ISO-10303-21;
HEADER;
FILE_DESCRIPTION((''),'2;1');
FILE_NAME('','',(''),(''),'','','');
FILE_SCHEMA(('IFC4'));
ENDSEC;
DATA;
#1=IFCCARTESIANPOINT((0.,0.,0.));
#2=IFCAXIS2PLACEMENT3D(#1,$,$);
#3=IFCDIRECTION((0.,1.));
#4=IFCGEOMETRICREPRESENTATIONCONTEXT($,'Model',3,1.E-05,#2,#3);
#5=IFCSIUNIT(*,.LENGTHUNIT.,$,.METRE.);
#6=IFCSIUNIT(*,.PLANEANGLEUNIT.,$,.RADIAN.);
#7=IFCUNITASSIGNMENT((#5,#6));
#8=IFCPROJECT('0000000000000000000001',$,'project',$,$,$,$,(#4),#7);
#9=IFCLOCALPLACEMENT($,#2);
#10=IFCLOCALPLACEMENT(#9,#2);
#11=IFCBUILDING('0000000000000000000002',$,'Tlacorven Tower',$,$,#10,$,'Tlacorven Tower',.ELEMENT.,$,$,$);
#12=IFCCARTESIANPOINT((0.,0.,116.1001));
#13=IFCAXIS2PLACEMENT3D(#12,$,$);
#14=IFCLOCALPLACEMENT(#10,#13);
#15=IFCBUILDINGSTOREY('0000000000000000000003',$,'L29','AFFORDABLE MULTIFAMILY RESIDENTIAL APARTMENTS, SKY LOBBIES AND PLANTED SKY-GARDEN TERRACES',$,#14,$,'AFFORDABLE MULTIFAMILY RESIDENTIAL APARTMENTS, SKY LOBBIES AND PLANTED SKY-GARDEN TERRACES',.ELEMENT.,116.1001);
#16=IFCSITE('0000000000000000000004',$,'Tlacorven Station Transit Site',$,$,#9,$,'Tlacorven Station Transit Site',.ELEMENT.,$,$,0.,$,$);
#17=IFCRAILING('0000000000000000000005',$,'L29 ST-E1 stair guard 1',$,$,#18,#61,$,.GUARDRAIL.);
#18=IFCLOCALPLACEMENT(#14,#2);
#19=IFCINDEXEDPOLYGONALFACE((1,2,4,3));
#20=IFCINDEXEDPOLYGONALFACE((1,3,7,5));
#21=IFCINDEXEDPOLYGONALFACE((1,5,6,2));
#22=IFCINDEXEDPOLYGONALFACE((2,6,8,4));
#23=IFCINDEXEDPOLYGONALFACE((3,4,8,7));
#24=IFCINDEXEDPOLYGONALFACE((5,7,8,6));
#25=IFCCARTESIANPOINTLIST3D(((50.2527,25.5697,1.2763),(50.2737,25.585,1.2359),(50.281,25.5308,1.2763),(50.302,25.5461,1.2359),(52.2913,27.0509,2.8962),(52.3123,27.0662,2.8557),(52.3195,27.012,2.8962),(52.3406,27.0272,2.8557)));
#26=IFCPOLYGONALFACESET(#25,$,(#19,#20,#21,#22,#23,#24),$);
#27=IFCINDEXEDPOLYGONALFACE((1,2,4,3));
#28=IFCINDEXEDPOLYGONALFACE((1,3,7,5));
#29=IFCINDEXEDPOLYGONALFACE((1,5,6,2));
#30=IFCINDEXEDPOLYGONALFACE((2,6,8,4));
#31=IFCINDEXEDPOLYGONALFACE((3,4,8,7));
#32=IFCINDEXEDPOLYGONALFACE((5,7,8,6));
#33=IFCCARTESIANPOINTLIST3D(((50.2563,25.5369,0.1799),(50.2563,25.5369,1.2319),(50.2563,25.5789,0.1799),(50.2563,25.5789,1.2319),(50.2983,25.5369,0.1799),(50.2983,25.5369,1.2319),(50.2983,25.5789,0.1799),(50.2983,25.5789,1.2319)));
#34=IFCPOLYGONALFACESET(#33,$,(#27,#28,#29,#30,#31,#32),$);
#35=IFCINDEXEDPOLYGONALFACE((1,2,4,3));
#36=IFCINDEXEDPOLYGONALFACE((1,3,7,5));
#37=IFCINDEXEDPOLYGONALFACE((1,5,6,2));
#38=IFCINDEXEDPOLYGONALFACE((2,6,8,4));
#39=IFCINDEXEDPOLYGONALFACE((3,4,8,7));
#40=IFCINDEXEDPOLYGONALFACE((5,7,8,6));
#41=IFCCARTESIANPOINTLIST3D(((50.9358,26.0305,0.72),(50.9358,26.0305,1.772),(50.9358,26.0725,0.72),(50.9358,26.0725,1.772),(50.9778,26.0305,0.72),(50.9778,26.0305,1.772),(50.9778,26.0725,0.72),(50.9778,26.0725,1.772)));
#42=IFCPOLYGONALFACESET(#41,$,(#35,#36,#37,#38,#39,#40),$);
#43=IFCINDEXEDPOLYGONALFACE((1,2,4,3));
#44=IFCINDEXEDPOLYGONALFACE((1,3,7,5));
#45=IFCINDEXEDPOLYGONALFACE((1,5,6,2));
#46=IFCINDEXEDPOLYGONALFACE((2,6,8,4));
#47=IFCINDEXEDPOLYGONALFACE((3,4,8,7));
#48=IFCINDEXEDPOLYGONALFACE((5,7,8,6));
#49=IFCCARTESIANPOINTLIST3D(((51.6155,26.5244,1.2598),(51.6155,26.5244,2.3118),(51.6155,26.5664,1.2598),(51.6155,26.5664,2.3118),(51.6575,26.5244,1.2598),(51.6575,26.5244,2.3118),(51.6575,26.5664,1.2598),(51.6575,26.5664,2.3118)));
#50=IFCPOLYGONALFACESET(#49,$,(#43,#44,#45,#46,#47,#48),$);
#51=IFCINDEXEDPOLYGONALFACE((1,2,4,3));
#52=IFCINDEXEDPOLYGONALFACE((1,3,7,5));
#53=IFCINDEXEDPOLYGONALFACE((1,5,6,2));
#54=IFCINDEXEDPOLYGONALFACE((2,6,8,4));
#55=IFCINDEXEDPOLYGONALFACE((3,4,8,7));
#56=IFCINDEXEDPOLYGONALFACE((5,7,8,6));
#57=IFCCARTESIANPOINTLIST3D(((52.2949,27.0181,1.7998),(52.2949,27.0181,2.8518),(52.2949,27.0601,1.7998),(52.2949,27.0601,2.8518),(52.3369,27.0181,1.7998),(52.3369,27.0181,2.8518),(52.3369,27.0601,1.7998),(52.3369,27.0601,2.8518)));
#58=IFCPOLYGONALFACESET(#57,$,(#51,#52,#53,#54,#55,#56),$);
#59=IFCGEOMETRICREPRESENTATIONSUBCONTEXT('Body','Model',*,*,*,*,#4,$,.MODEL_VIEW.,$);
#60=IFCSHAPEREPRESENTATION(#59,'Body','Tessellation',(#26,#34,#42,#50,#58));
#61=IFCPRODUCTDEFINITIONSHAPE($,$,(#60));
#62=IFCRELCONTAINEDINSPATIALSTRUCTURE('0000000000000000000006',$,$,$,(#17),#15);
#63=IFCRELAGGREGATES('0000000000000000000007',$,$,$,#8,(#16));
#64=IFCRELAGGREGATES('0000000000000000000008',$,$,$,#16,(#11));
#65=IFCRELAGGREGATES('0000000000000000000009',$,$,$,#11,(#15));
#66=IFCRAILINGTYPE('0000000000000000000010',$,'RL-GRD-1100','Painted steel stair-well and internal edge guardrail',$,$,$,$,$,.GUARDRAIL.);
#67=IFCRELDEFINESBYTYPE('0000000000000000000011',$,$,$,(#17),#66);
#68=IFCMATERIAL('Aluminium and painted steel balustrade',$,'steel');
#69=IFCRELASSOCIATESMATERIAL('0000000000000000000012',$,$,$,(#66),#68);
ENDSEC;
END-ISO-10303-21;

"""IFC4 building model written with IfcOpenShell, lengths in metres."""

from ifc_helpers import new_model, si_unit, direction, frame, origin, origin_2d, place, context, subcontext, project, spatial, rectangle, extrude, source, transform, mapped, material, type_object, element, save


model = new_model("IFC4")

# Units and contexts
model_context = context("Model", 3, precision=1e-05, world=origin(), true_north=direction((0.0, 1.0)))
body_context = subcontext(model_context, "Body", "Model", "MODEL_VIEW")
ifc_project = project(units=[si_unit("LENGTHUNIT", "METRE"), si_unit("PLANEANGLEUNIT", "RADIAN")], contexts=[model_context])

# Site, building, storey
site_placement = place(None, origin())
site = spatial("IfcSite", under=ifc_project, at=site_placement, Name="Tlacorven Station Transit Site", LongName="Tlacorven Station Transit Site", CompositionType="ELEMENT", RefElevation=0.0)
building_placement = place(site_placement, origin())
building = spatial("IfcBuilding", under=site, at=building_placement, Name="Tlacorven Tower", LongName="Tlacorven Tower", CompositionType="ELEMENT")
storey_placement = place(building_placement, frame((0.0, 0.0, 116.1001)))
storey = spatial("IfcBuildingStorey", under=building, at=storey_placement, Name="L29", Description="AFFORDABLE MULTIFAMILY RESIDENTIAL APARTMENTS, SKY LOBBIES AND PLANTED SKY-GARDEN TERRACES", LongName="AFFORDABLE MULTIFAMILY RESIDENTIAL APARTMENTS, SKY LOBBIES AND PLANTED SKY-GARDEN TERRACES", CompositionType="ELEMENT", Elevation=116.1001)

# Railing
ifc_material_1 = material(Name="Aluminium and painted steel balustrade", Category="steel")
railing_type_1 = type_object("IfcRailingType", Name="RL-GRD-1100", Description="Painted steel stair-well and internal edge guardrail", PredefinedType="GUARDRAIL", material=ifc_material_1)
shared_shape_1 = source(origin(), body_context, "Body", "SweptSolid", [
    extrude(rectangle(XDim=0.0481, YDim=0.0481, at=origin_2d()), frame((0.0, 0.0, 1.0762), z_axis=(0.680519, 0.494456, 0.540747), x_axis=(-0.587809, 0.809, 0.0)), (0.0, 0.0, 1.0), 2.9956),
    extrude(rectangle(XDim=0.042, YDim=0.042, at=origin_2d()), origin(), (0.0, 0.0, 1.0), 1.052),
    extrude(rectangle(XDim=0.042, YDim=0.042, at=origin_2d()), frame((0.6794, 0.4937, 0.54)), (0.0, 0.0, 1.0), 1.052),
    extrude(rectangle(XDim=0.042, YDim=0.042, at=origin_2d()), frame((1.3591, 0.9875, 1.0798)), (0.0, 0.0, 1.0), 1.052),
    extrude(rectangle(XDim=0.042, YDim=0.042, at=origin_2d()), frame((2.0386, 1.4812, 1.6199)), (0.0, 0.0, 1.0), 1.052),
])
railing_1_placement = place(storey_placement, frame((50.2773, 25.5579, 0.1799)))
element("IfcRailing", 1, at=railing_1_placement, inside=storey, type_object=railing_type_1, Name="L29 ST-E1 stair guard 1", PredefinedType="GUARDRAIL", context=body_context, shape_type="MappedRepresentation", body=[
    mapped(shared_shape_1, transform((0.0, 0.0, 0.0), scale=1.0)),
])

save(model, "model.ifc")
